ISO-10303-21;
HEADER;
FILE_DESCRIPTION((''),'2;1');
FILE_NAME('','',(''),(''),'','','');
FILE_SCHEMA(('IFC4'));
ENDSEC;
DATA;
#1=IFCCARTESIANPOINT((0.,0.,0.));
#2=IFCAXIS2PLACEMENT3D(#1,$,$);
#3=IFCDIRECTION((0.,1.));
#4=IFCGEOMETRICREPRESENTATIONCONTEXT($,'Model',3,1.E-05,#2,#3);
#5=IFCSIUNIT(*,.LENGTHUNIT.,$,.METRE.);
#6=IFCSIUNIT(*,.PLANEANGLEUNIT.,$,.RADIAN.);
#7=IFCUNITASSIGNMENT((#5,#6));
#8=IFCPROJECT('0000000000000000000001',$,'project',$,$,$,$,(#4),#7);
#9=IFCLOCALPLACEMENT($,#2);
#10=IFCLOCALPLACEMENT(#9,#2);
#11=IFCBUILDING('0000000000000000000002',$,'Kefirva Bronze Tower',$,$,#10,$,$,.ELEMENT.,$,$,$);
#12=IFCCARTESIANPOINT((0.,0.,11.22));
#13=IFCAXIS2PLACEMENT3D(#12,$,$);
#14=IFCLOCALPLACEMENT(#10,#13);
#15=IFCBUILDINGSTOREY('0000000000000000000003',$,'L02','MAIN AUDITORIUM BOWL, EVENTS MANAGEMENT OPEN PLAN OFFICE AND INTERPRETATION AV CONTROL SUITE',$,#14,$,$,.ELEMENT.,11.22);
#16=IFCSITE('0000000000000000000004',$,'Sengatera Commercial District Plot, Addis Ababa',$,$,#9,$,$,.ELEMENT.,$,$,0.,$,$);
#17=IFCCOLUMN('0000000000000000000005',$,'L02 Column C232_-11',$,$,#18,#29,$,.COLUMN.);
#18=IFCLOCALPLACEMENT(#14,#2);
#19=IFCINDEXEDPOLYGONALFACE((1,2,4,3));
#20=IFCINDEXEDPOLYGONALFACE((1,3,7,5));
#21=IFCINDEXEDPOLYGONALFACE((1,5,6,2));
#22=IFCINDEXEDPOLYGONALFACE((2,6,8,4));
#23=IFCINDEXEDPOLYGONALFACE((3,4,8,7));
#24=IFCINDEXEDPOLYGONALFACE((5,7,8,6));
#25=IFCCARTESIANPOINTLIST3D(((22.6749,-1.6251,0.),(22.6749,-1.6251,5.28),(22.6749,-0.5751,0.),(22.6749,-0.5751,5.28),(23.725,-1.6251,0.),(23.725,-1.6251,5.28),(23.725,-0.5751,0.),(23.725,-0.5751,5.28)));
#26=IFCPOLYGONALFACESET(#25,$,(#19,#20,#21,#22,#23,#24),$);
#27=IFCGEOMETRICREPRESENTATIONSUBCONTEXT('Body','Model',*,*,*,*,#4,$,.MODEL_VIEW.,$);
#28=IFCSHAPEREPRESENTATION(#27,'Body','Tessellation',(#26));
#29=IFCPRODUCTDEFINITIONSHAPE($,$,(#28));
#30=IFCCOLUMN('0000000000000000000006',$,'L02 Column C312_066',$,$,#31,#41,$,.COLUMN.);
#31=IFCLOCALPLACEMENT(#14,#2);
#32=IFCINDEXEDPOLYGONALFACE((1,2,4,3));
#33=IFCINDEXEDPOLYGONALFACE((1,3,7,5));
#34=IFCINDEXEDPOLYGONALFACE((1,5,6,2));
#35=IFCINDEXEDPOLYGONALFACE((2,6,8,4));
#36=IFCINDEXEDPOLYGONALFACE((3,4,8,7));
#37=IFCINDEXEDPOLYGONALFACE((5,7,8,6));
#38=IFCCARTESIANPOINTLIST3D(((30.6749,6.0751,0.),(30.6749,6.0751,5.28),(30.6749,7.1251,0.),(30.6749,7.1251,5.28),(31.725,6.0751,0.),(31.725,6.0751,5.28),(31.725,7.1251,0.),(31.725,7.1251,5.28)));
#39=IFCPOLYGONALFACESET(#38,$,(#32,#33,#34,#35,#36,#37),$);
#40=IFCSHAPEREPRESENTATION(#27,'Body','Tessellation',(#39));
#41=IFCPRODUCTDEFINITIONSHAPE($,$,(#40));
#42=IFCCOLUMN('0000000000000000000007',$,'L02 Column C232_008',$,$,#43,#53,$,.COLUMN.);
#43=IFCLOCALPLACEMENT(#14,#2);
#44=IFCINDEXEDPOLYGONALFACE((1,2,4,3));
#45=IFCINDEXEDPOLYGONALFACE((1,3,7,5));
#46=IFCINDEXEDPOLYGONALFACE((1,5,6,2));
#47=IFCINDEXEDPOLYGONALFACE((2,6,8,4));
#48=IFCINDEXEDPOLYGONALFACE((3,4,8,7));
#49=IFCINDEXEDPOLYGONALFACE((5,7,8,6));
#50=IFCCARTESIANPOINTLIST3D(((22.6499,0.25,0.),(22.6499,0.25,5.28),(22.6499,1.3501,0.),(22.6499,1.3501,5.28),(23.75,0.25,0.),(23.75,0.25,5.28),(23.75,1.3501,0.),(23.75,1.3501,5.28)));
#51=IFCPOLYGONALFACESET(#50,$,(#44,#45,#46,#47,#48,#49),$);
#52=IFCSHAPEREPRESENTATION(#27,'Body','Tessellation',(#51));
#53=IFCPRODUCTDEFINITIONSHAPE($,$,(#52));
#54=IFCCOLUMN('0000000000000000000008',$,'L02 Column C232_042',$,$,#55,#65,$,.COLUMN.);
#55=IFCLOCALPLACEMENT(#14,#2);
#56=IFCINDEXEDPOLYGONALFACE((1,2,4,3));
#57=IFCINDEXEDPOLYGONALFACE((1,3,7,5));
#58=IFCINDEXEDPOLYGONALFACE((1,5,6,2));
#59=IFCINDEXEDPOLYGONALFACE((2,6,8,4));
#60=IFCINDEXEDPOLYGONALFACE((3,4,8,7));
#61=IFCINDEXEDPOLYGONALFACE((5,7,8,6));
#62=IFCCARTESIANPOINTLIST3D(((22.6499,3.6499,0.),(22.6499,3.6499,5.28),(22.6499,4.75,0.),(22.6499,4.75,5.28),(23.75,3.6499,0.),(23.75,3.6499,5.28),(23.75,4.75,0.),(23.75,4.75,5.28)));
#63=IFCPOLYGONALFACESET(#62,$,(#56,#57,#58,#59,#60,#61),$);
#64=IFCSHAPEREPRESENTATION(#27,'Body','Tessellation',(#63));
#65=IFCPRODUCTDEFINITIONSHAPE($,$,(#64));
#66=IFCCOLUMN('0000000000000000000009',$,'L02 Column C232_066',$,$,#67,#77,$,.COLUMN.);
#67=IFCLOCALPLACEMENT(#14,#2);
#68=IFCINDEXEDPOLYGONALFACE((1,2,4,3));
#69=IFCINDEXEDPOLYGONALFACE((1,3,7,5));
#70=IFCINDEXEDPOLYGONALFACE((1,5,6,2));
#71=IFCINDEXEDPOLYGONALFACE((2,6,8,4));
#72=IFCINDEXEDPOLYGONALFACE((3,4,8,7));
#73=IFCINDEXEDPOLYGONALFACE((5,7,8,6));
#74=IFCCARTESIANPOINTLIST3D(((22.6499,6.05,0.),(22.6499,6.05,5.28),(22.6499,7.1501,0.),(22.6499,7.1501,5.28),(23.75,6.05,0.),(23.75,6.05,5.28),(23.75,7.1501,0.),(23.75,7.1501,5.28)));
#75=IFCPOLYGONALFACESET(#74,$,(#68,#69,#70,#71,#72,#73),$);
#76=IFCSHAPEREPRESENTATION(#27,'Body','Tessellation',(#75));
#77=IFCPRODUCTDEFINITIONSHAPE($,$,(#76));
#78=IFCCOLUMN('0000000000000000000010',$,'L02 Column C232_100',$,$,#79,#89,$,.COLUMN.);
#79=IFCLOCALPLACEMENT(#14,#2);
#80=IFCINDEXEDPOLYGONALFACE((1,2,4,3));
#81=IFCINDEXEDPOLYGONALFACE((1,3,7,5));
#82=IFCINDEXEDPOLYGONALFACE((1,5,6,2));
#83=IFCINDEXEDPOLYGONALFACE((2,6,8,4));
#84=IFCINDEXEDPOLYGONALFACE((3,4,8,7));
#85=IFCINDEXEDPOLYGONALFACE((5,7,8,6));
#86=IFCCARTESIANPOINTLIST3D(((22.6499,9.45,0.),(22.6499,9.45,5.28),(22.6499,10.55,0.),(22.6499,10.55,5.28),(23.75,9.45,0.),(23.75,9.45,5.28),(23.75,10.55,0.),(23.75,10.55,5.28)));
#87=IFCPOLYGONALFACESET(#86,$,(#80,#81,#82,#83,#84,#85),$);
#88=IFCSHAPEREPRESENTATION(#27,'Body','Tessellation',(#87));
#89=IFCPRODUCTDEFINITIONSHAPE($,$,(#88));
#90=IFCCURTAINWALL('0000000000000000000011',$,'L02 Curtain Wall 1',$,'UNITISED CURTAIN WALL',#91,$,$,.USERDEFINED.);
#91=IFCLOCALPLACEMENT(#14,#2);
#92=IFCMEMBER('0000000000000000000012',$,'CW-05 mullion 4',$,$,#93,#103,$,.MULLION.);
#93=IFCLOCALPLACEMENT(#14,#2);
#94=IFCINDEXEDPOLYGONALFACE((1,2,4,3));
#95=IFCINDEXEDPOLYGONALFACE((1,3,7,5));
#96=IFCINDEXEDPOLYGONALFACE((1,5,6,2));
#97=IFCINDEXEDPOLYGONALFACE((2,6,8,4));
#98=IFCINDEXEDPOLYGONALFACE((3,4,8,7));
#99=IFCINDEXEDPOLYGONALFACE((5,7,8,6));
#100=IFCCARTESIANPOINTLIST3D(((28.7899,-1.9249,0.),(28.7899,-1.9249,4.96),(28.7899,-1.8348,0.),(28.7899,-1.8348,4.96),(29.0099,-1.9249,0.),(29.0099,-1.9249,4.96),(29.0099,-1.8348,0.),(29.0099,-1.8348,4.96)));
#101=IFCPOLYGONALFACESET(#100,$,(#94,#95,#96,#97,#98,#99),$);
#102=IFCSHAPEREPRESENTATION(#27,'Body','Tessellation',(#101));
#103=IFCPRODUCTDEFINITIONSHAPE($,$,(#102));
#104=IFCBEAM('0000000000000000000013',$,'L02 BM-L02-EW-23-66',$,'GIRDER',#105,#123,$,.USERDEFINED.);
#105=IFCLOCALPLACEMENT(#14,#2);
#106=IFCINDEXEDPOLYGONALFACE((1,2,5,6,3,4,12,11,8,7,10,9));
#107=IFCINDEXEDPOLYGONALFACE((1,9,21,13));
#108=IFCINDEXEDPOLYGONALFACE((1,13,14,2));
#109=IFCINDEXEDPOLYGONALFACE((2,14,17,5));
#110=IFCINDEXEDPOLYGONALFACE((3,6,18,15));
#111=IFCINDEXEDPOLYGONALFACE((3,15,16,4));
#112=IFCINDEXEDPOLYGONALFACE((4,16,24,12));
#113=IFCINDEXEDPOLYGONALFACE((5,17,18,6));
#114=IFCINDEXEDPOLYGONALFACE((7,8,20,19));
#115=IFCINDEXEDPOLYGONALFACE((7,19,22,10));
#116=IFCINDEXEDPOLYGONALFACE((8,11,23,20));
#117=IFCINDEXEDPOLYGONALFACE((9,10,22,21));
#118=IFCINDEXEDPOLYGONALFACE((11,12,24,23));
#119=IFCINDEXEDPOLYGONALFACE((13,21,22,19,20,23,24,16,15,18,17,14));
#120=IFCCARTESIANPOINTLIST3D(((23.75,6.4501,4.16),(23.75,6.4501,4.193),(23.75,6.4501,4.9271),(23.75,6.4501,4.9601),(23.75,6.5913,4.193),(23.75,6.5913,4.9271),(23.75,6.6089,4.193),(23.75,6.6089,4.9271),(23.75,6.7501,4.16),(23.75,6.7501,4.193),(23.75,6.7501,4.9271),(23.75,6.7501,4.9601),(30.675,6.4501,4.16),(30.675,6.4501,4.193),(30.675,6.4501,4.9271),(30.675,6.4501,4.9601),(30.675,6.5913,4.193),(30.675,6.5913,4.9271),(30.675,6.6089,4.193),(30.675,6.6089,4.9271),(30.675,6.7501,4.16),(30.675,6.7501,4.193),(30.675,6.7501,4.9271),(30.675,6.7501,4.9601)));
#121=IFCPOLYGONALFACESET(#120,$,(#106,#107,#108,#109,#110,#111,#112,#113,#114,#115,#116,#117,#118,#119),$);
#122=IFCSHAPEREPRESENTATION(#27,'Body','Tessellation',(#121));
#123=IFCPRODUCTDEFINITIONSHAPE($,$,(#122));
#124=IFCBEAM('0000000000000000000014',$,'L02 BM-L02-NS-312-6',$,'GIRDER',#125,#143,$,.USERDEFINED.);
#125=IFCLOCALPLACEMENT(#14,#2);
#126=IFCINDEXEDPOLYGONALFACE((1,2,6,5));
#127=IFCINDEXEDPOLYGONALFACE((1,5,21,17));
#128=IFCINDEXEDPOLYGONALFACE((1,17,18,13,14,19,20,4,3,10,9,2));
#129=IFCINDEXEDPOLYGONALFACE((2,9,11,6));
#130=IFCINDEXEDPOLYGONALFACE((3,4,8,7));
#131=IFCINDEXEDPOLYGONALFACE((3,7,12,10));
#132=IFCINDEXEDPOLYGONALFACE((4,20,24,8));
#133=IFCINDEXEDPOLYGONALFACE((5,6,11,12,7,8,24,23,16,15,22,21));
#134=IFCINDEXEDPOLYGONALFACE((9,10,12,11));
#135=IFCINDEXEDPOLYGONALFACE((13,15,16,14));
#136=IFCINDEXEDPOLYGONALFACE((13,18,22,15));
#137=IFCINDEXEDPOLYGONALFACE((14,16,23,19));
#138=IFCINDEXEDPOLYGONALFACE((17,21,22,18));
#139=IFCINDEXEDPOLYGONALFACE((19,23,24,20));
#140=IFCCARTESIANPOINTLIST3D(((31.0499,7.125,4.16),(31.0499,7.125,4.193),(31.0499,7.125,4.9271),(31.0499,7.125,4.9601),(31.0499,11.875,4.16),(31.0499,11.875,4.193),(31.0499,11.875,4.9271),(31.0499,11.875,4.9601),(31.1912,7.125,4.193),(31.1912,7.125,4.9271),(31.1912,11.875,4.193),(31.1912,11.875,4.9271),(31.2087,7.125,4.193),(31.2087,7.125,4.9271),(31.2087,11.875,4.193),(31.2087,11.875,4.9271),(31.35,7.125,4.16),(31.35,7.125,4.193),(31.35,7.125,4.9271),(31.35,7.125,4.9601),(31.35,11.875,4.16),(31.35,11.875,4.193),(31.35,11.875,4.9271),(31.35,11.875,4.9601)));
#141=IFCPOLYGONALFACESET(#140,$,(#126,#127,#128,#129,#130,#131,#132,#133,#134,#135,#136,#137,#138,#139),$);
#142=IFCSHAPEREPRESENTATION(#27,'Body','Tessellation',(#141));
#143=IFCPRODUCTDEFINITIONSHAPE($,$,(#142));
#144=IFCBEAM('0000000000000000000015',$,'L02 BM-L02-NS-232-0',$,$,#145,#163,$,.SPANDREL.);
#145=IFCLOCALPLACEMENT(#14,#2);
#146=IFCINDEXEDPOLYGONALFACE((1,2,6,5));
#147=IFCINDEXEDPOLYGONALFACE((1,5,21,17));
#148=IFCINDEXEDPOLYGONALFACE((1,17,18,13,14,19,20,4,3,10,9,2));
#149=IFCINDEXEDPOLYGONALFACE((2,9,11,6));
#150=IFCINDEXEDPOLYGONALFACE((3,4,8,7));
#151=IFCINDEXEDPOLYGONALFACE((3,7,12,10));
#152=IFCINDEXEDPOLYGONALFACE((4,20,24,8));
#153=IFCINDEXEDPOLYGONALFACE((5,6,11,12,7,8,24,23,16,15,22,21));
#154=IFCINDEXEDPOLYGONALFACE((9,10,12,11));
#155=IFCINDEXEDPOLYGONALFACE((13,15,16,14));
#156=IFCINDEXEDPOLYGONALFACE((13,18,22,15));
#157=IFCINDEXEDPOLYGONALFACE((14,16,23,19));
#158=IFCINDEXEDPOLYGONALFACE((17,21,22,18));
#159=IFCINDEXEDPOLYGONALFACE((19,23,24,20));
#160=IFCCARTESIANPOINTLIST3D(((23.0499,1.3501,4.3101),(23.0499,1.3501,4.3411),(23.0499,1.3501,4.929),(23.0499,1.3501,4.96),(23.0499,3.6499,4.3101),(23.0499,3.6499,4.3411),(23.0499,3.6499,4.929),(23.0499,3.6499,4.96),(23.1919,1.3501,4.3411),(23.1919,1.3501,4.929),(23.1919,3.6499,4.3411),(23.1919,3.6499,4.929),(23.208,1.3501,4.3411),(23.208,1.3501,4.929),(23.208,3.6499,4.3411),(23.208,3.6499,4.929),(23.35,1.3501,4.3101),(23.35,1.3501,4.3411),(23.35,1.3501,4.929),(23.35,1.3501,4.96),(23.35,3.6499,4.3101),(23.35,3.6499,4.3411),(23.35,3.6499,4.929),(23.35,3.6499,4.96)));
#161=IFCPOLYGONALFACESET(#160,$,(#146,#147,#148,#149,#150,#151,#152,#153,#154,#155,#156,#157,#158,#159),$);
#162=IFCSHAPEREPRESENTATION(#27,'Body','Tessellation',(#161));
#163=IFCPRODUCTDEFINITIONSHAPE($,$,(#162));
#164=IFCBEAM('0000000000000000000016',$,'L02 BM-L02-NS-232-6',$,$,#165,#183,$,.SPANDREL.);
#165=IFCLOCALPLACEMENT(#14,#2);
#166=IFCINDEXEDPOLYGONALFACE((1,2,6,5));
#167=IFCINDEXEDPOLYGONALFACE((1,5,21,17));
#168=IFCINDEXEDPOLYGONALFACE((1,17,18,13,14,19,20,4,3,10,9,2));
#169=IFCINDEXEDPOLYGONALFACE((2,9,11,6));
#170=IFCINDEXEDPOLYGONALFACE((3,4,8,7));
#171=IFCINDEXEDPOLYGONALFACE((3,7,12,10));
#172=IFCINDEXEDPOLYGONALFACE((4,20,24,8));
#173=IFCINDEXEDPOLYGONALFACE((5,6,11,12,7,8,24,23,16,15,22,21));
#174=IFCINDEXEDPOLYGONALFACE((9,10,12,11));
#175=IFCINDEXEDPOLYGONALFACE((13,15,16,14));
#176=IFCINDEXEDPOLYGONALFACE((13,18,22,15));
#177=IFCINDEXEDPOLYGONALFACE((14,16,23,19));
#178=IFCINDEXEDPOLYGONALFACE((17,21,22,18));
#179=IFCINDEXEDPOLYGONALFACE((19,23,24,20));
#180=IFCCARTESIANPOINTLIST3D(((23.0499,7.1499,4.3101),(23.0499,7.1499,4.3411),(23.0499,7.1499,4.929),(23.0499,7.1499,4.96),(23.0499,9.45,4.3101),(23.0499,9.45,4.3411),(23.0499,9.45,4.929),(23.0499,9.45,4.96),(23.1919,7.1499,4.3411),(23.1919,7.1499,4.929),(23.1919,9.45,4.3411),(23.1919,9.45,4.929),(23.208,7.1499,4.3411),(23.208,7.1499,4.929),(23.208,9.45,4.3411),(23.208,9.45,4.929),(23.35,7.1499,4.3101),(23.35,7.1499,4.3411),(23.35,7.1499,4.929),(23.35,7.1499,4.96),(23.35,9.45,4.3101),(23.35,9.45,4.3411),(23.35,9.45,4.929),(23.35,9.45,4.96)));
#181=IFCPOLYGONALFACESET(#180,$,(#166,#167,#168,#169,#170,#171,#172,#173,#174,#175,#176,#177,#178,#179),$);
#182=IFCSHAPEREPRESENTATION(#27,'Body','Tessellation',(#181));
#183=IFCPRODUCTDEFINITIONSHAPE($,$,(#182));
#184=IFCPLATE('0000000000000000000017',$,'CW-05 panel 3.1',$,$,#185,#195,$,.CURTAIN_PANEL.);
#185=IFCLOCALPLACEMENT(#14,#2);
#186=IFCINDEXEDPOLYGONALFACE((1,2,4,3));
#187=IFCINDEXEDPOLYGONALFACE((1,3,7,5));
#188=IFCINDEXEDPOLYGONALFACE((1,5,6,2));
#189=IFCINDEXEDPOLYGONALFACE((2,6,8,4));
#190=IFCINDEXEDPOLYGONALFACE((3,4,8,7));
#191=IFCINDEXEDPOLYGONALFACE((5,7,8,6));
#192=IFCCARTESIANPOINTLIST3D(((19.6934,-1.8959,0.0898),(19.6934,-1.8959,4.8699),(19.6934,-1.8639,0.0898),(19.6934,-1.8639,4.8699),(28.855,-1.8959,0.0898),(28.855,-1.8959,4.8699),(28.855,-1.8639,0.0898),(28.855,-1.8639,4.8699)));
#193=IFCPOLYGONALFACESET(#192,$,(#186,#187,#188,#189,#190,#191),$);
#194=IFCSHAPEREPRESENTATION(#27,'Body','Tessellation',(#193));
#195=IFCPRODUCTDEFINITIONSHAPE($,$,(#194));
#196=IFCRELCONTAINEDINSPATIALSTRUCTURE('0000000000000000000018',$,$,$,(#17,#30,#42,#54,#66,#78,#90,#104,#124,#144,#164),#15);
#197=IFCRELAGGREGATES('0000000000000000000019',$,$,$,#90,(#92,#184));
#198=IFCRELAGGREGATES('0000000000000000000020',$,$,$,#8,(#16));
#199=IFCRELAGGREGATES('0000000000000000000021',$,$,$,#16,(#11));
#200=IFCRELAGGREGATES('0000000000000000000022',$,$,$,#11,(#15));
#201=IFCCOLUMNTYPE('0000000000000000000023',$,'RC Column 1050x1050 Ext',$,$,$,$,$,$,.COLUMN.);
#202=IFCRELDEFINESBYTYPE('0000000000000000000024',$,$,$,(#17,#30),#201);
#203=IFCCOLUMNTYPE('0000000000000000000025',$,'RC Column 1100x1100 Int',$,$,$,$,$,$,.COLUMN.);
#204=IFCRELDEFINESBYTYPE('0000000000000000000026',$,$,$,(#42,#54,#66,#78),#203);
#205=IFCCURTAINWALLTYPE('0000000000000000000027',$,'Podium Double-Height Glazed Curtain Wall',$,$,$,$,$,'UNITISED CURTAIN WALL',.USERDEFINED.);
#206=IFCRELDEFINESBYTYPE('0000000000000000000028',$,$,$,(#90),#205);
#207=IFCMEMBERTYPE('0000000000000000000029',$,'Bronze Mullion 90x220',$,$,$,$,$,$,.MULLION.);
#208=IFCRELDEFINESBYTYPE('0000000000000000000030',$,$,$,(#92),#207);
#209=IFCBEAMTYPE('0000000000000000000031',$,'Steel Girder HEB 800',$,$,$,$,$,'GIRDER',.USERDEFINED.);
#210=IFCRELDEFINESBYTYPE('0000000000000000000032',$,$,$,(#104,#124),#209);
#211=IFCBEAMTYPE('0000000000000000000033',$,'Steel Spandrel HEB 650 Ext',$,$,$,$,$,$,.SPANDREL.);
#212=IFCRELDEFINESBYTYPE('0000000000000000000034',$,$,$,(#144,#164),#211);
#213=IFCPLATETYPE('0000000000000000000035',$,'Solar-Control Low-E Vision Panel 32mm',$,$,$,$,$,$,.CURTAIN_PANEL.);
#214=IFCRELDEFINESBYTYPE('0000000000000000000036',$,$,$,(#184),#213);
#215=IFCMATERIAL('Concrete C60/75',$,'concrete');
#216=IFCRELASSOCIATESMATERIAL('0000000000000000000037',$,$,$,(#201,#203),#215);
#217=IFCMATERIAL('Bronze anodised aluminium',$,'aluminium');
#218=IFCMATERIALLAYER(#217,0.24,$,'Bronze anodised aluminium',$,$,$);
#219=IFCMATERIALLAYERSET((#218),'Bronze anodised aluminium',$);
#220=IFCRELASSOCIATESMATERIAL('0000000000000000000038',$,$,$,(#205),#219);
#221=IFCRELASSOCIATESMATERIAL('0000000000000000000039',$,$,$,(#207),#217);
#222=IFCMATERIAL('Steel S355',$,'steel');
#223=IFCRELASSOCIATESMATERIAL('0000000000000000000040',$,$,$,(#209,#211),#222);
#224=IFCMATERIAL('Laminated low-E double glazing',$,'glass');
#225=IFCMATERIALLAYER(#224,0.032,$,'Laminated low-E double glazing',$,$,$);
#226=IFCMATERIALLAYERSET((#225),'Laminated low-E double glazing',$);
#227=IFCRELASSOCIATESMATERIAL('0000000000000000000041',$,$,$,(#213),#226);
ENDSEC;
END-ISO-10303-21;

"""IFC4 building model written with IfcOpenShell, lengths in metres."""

from ifc_helpers import new_model, si_unit, direction, frame, origin, origin_2d, place, context, subcontext, project, spatial, rectangle, i_section, extrude, material, layer, layer_set, material_profile, profile_set, type_object, element, aggregate, save


model = new_model("IFC4")

# Units and contexts
model_context = context("Model", 3, precision=1e-05, world=origin(), true_north=direction((0.0, 1.0)))
body_context = subcontext(model_context, "Body", "Model", "MODEL_VIEW")
ifc_project = project(units=[si_unit("LENGTHUNIT", "METRE"), si_unit("PLANEANGLEUNIT", "RADIAN")], contexts=[model_context])

# Site, building, storey
site_placement = place(None, origin())
site = spatial("IfcSite", under=ifc_project, at=site_placement, Name="Sengatera Commercial District Plot, Addis Ababa", CompositionType="ELEMENT", RefElevation=0.0)
building_placement = place(site_placement, origin())
building = spatial("IfcBuilding", under=site, at=building_placement, Name="Kefirva Bronze Tower", CompositionType="ELEMENT")
storey_placement = place(building_placement, frame((0.0, 0.0, 11.22)))
storey = spatial("IfcBuildingStorey", under=building, at=storey_placement, Name="L02", Description="MAIN AUDITORIUM BOWL, EVENTS MANAGEMENT OPEN PLAN OFFICE AND INTERPRETATION AV CONTROL SUITE", CompositionType="ELEMENT", Elevation=11.22)

# Columns
ifc_material_1 = material(Name="Concrete C60/75", Category="concrete")
ifc_material_profile_1 = material_profile(ifc_material_1, rectangle(XDim=1.05, YDim=1.05, at=origin_2d()), Name="RC 1050x1050")
ifc_profile_set_1 = profile_set([ifc_material_profile_1], Name="Concrete C60/75")
column_type_1 = type_object("IfcColumnType", Name="RC Column 1050x1050 Ext", PredefinedType="COLUMN", material=ifc_profile_set_1)
for number, where, z_axis, x_axis, name in (
    (1, (23.2, -1.1001, 0.0), (0.0, 0.0, 1.0), (1.0, 0.0, 0.0), "L02 Column C232_-11"),
    (2, (31.2, 6.6001, 0.0), (0.0, 0.0, 1.0), (1.0, 0.0, 0.0), "L02 Column C312_066"),
):
    element("IfcColumn", number, at=place(storey_placement, frame(where, z_axis=z_axis, x_axis=x_axis)), inside=storey, type_object=column_type_1, Name=name, PredefinedType="COLUMN", context=body_context, shape_type="SweptSolid", body=[
        extrude(rectangle(XDim=1.05, YDim=1.05, at=origin_2d()), origin(), (0.0, 0.0, 1.0), 5.28),
    ])
ifc_material_profile_2 = material_profile(ifc_material_1, rectangle(XDim=1.1001, YDim=1.1001, at=origin_2d()), Name="RC 1100x1100")
ifc_profile_set_2 = profile_set([ifc_material_profile_2], Name="Concrete C60/75")
column_type_2 = type_object("IfcColumnType", Name="RC Column 1100x1100 Int", PredefinedType="COLUMN", material=ifc_profile_set_2)
for number, where, z_axis, x_axis, name in (
    (3, (23.2, 0.8, 0.0), (0.0, 0.0, 1.0), (1.0, 0.0, 0.0), "L02 Column C232_008"),
    (4, (23.2, 4.2, 0.0), (0.0, 0.0, 1.0), (1.0, 0.0, 0.0), "L02 Column C232_042"),
    (5, (23.2, 6.6001, 0.0), (0.0, 0.0, 1.0), (1.0, 0.0, 0.0), "L02 Column C232_066"),
    (6, (23.2, 10.0, 0.0), (0.0, 0.0, 1.0), (1.0, 0.0, 0.0), "L02 Column C232_100"),
):
    element("IfcColumn", number, at=place(storey_placement, frame(where, z_axis=z_axis, x_axis=x_axis)), inside=storey, type_object=column_type_2, Name=name, PredefinedType="COLUMN", context=body_context, shape_type="SweptSolid", body=[
        extrude(rectangle(XDim=1.1001, YDim=1.1001, at=origin_2d()), origin(), (0.0, 0.0, 1.0), 5.28),
    ])

# Curtain wall, member
ifc_material_2 = material(Name="Bronze anodised aluminium", Category="aluminium")
ifc_layer_1 = layer(ifc_material_2, 0.24, Name="Bronze anodised aluminium")
ifc_layer_set_1 = layer_set([ifc_layer_1], Name="Bronze anodised aluminium")
curtain_wall_type = type_object("IfcCurtainWallType", Name="Podium Double-Height Glazed Curtain Wall", ElementType="UNITISED CURTAIN WALL", PredefinedType="USERDEFINED", material=ifc_layer_set_1)
curtain_wall_placement = place(storey_placement, origin())
curtain_wall = element("IfcCurtainWall", 7, at=curtain_wall_placement, inside=storey, type_object=curtain_wall_type, Name="L02 Curtain Wall 1", ObjectType="UNITISED CURTAIN WALL", PredefinedType="USERDEFINED")
ifc_material_profile_3 = material_profile(ifc_material_2, rectangle(XDim=0.0901, YDim=0.22, at=origin_2d()), Name="ALU 90x220")
ifc_profile_set_3 = profile_set([ifc_material_profile_3], Name="Bronze anodised aluminium")
member_type = type_object("IfcMemberType", Name="Bronze Mullion 90x220", PredefinedType="MULLION", material=ifc_profile_set_3)
member_placement = place(storey_placement, frame((28.8999, -1.8799, 0.0), z_axis=(0.0, 0.0, 1.0), x_axis=(0.0, 1.0, 0.0)))
member = element("IfcMember", 8, at=member_placement, type_object=member_type, Name="CW-05 mullion 4", PredefinedType="MULLION", context=body_context, shape_type="SweptSolid", body=[
    extrude(rectangle(XDim=0.0901, YDim=0.22, at=origin_2d()), origin(), (0.0, 0.0, 1.0), 4.96),
])

# Beams
ifc_material_3 = material(Name="Steel S355", Category="steel")
ifc_material_profile_4 = material_profile(ifc_material_3, i_section(OverallWidth=0.3, OverallDepth=0.8, WebThickness=0.0176, FlangeThickness=0.033, at=origin_2d()), Name="HEB 800")
ifc_profile_set_4 = profile_set([ifc_material_profile_4], Name="Steel S355")
beam_type_1 = type_object("IfcBeamType", Name="Steel Girder HEB 800", ElementType="GIRDER", PredefinedType="USERDEFINED", material=ifc_profile_set_4)
beam_1_placement = place(storey_placement, frame((23.75, 6.6001, 4.5601), z_axis=(1.0, 0.0, 0.0), x_axis=(0.0, 1.0, 0.0)))
element("IfcBeam", 9, at=beam_1_placement, inside=storey, type_object=beam_type_1, Name="L02 BM-L02-EW-23-66", ObjectType="GIRDER", PredefinedType="USERDEFINED", context=body_context, shape_type="SweptSolid", body=[
    extrude(i_section(OverallWidth=0.3, OverallDepth=0.8, WebThickness=0.0176, FlangeThickness=0.033, at=origin_2d()), origin(), (0.0, 0.0, 1.0), 6.925),
])
beam_2_placement = place(storey_placement, frame((31.2, 7.125, 4.5601), z_axis=(0.0, 1.0, 0.0), x_axis=(-1.0, 0.0, 0.0)))
element("IfcBeam", 10, at=beam_2_placement, inside=storey, type_object=beam_type_1, Name="L02 BM-L02-NS-312-6", ObjectType="GIRDER", PredefinedType="USERDEFINED", context=body_context, shape_type="SweptSolid", body=[
    extrude(i_section(OverallWidth=0.3, OverallDepth=0.8, WebThickness=0.0176, FlangeThickness=0.033, at=origin_2d()), origin(), (0.0, 0.0, 1.0), 4.75),
])
ifc_material_profile_5 = material_profile(ifc_material_3, i_section(OverallWidth=0.3, OverallDepth=0.6499, WebThickness=0.0161, FlangeThickness=0.031, at=origin_2d()), Name="HEB 650")
ifc_profile_set_5 = profile_set([ifc_material_profile_5], Name="Steel S355")
beam_type_2 = type_object("IfcBeamType", Name="Steel Spandrel HEB 650 Ext", PredefinedType="SPANDREL", material=ifc_profile_set_5)
beam_3_placement = place(storey_placement, frame((23.2, 1.3501, 4.635), z_axis=(0.0, 1.0, 0.0), x_axis=(-1.0, 0.0, 0.0)))
element("IfcBeam", 11, at=beam_3_placement, inside=storey, type_object=beam_type_2, Name="L02 BM-L02-NS-232-0", PredefinedType="SPANDREL", context=body_context, shape_type="SweptSolid", body=[
    extrude(i_section(OverallWidth=0.3, OverallDepth=0.6499, WebThickness=0.0161, FlangeThickness=0.031, at=origin_2d()), origin(), (0.0, 0.0, 1.0), 2.2998),
])
beam_4_placement = place(storey_placement, frame((23.2, 7.1499, 4.635), z_axis=(0.0, 1.0, 0.0), x_axis=(-1.0, 0.0, 0.0)))
element("IfcBeam", 12, at=beam_4_placement, inside=storey, type_object=beam_type_2, Name="L02 BM-L02-NS-232-6", PredefinedType="SPANDREL", context=body_context, shape_type="SweptSolid", body=[
    extrude(i_section(OverallWidth=0.3, OverallDepth=0.6499, WebThickness=0.0161, FlangeThickness=0.031, at=origin_2d()), origin(), (0.0, 0.0, 1.0), 2.3),
])

# Plate
ifc_material_4 = material(Name="Laminated low-E double glazing", Category="glass")
ifc_layer_2 = layer(ifc_material_4, 0.032, Name="Laminated low-E double glazing")
ifc_layer_set_2 = layer_set([ifc_layer_2], Name="Laminated low-E double glazing")
plate_type = type_object("IfcPlateType", Name="Solar-Control Low-E Vision Panel 32mm", PredefinedType="CURTAIN_PANEL", material=ifc_layer_set_2)
plate_placement = place(storey_placement, frame((24.2742, -1.8799, 0.0898), z_axis=(0.0, 0.0, 1.0), x_axis=(1.0, 0.0, 0.0)))
plate = element("IfcPlate", 13, at=plate_placement, type_object=plate_type, Name="CW-05 panel 3.1", PredefinedType="CURTAIN_PANEL", context=body_context, shape_type="SweptSolid", body=[
    extrude(rectangle(XDim=9.1616, YDim=0.032, at=origin_2d()), origin(), (0.0, 0.0, 1.0), 4.78),
])
aggregate(curtain_wall, [member, plate])

save(model, "model.ifc")
